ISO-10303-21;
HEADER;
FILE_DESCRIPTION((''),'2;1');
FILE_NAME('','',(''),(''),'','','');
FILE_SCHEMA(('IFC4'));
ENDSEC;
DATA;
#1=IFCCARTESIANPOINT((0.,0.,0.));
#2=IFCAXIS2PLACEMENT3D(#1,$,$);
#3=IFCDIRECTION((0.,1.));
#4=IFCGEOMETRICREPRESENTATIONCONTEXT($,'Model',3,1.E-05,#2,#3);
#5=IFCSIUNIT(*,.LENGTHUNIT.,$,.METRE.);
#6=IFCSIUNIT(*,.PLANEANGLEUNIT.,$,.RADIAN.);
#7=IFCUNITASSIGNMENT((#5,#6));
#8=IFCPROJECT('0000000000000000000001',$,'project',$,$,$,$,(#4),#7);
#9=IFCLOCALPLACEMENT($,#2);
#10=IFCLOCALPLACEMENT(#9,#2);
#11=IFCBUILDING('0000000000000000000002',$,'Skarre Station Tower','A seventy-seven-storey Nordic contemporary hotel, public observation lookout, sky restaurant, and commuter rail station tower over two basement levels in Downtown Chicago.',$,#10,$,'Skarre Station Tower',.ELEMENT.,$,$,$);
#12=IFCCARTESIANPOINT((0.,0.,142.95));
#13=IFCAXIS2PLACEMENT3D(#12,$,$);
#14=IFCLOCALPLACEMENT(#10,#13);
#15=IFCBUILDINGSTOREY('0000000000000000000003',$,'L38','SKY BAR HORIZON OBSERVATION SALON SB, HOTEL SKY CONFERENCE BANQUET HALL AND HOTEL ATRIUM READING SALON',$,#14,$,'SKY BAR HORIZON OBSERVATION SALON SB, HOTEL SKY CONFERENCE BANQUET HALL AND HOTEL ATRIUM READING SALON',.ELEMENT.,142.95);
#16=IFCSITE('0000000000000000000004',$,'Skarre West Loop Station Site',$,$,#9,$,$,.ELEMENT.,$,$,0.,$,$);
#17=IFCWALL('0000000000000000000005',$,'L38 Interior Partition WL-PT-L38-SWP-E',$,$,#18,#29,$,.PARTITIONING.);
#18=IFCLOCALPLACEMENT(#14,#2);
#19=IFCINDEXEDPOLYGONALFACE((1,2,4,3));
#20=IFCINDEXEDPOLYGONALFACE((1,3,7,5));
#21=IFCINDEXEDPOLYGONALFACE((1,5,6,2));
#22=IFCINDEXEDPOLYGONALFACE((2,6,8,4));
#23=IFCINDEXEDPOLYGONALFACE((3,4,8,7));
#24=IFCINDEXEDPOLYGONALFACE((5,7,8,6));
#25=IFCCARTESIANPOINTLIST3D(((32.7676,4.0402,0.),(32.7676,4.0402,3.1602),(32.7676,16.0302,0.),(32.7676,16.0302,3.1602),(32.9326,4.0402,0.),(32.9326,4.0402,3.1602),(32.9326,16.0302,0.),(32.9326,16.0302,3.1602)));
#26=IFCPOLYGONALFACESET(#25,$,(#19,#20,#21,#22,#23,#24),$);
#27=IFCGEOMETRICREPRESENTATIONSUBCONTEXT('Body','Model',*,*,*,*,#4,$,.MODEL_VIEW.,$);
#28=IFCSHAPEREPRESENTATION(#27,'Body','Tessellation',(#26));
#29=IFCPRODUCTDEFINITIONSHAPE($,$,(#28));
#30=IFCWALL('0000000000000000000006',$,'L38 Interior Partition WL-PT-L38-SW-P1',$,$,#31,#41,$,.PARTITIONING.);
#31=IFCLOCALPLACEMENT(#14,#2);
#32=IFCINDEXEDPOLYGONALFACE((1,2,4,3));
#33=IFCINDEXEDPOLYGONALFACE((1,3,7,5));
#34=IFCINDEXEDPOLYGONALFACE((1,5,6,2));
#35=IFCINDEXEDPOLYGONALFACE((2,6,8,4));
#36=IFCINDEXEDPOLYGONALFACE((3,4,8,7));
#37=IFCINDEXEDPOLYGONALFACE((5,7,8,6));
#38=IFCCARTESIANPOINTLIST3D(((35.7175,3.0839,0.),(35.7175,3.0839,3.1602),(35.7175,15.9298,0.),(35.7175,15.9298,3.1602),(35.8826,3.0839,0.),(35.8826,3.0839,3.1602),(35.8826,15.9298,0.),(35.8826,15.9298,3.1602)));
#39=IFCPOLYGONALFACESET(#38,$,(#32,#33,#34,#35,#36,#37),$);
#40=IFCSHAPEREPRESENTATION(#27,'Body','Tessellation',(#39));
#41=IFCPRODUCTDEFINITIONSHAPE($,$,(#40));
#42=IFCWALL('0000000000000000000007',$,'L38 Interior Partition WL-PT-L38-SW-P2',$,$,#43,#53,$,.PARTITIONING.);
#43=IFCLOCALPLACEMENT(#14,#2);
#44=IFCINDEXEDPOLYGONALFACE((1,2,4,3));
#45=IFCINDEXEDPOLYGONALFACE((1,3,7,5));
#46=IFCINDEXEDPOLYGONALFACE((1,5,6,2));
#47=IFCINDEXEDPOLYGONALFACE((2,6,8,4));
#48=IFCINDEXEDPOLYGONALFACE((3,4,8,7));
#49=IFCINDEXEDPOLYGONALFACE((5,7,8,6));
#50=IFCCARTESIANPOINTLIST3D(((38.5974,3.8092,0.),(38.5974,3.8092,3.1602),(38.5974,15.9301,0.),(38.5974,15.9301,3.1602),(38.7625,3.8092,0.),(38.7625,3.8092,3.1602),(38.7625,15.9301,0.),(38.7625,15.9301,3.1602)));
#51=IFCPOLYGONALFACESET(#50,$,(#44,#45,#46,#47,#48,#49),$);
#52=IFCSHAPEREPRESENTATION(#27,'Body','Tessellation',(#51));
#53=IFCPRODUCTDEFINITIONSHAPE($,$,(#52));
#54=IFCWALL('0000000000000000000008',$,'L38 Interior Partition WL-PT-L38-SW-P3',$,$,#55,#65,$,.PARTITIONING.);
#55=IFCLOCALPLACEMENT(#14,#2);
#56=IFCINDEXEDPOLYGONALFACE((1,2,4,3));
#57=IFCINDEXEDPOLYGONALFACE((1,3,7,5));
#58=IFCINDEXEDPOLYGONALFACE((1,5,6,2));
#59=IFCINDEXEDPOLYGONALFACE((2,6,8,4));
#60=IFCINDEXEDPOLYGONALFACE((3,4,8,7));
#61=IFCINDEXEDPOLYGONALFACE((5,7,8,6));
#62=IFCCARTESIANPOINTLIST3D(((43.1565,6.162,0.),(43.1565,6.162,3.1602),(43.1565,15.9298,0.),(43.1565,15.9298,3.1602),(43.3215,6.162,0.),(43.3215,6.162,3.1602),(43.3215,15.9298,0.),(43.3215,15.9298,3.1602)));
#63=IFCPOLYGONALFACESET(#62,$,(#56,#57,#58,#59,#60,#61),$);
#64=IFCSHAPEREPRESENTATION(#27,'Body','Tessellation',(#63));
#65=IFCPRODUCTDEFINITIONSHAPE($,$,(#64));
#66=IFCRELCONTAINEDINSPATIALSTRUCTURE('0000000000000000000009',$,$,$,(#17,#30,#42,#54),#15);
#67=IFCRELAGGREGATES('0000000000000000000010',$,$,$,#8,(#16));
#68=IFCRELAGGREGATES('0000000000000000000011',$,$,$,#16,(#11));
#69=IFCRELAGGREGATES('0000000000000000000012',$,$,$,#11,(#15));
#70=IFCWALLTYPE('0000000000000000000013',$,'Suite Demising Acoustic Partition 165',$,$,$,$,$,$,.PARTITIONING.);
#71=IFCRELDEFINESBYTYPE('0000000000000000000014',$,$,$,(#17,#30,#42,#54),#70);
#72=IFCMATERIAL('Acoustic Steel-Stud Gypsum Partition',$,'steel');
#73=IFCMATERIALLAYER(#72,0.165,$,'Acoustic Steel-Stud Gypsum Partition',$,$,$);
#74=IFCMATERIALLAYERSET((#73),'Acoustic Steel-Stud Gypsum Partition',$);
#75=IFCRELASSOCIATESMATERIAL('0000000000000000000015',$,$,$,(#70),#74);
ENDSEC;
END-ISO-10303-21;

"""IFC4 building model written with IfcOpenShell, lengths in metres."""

from ifc_helpers import new_model, si_unit, direction, frame, frame_2d, origin, place, context, subcontext, project, spatial, rectangle, extrude, material, layer, layer_set, type_object, element, save


model = new_model("IFC4")

# Units and contexts
model_context = context("Model", 3, precision=1e-05, world=origin(), true_north=direction((0.0, 1.0)))
body_context = subcontext(model_context, "Body", "Model", "MODEL_VIEW")
ifc_project = project(units=[si_unit("LENGTHUNIT", "METRE"), si_unit("PLANEANGLEUNIT", "RADIAN")], contexts=[model_context])

# Site, building, storey
site_placement = place(None, origin())
site = spatial("IfcSite", under=ifc_project, at=site_placement, Name="Skarre West Loop Station Site", CompositionType="ELEMENT", RefElevation=0.0)
building_placement = place(site_placement, origin())
building = spatial("IfcBuilding", under=site, at=building_placement, Name="Skarre Station Tower", Description="A seventy-seven-storey Nordic contemporary hotel, public observation lookout, sky restaurant, and commuter rail station tower over two basement levels in Downtown Chicago.", LongName="Skarre Station Tower", CompositionType="ELEMENT")
storey_placement = place(building_placement, frame((0.0, 0.0, 142.95)))
storey = spatial("IfcBuildingStorey", under=building, at=storey_placement, Name="L38", Description="SKY BAR HORIZON OBSERVATION SALON SB, HOTEL SKY CONFERENCE BANQUET HALL AND HOTEL ATRIUM READING SALON", LongName="SKY BAR HORIZON OBSERVATION SALON SB, HOTEL SKY CONFERENCE BANQUET HALL AND HOTEL ATRIUM READING SALON", CompositionType="ELEMENT", Elevation=142.95)

# Walls
ifc_material_1 = material(Name="Acoustic Steel-Stud Gypsum Partition", Category="steel")
ifc_layer_1 = layer(ifc_material_1, 0.165, Name="Acoustic Steel-Stud Gypsum Partition")
ifc_layer_set_1 = layer_set([ifc_layer_1], Name="Acoustic Steel-Stud Gypsum Partition")
wall_type_1 = type_object("IfcWallType", Name="Suite Demising Acoustic Partition 165", PredefinedType="PARTITIONING", material=ifc_layer_set_1)
wall_1_placement = place(storey_placement, frame((32.8501, 4.04, 0.0), z_axis=(0.0, 0.0, 1.0), x_axis=(0.0, 1.0, 0.0)))
element("IfcWall", 1, at=wall_1_placement, inside=storey, type_object=wall_type_1, Name="L38 Interior Partition WL-PT-L38-SWP-E", PredefinedType="PARTITIONING", context=body_context, shape_type="SweptSolid", body=[
    extrude(rectangle(XDim=11.99, YDim=0.165, at=frame_2d((5.9951, 0.0))), origin(), (0.0, 0.0, 1.0), 3.1602),
])
wall_2_placement = place(storey_placement, frame((35.8, 3.084, 0.0), z_axis=(0.0, 0.0, 1.0), x_axis=(0.0, 1.0, 0.0)))
element("IfcWall", 2, at=wall_2_placement, inside=storey, type_object=wall_type_1, Name="L38 Interior Partition WL-PT-L38-SW-P1", PredefinedType="PARTITIONING", context=body_context, shape_type="SweptSolid", body=[
    extrude(rectangle(XDim=12.8459, YDim=0.165, at=frame_2d((6.4229, 0.0))), origin(), (0.0, 0.0, 1.0), 3.1602),
])
wall_3_placement = place(storey_placement, frame((38.6799, 3.8091, 0.0), z_axis=(0.0, 0.0, 1.0), x_axis=(0.0, 1.0, 0.0)))
element("IfcWall", 3, at=wall_3_placement, inside=storey, type_object=wall_type_1, Name="L38 Interior Partition WL-PT-L38-SW-P2", PredefinedType="PARTITIONING", context=body_context, shape_type="SweptSolid", body=[
    extrude(rectangle(XDim=12.1208, YDim=0.165, at=frame_2d((6.0605, 0.0))), origin(), (0.0, 0.0, 1.0), 3.1602),
])
wall_4_placement = place(storey_placement, frame((43.239, 6.1621, 0.0), z_axis=(0.0, 0.0, 1.0), x_axis=(0.0, 1.0, 0.0)))
element("IfcWall", 4, at=wall_4_placement, inside=storey, type_object=wall_type_1, Name="L38 Interior Partition WL-PT-L38-SW-P3", PredefinedType="PARTITIONING", context=body_context, shape_type="SweptSolid", body=[
    extrude(rectangle(XDim=9.7678, YDim=0.165, at=frame_2d((4.8838, 0.0))), origin(), (0.0, 0.0, 1.0), 3.1602),
])

save(model, "model.ifc")
